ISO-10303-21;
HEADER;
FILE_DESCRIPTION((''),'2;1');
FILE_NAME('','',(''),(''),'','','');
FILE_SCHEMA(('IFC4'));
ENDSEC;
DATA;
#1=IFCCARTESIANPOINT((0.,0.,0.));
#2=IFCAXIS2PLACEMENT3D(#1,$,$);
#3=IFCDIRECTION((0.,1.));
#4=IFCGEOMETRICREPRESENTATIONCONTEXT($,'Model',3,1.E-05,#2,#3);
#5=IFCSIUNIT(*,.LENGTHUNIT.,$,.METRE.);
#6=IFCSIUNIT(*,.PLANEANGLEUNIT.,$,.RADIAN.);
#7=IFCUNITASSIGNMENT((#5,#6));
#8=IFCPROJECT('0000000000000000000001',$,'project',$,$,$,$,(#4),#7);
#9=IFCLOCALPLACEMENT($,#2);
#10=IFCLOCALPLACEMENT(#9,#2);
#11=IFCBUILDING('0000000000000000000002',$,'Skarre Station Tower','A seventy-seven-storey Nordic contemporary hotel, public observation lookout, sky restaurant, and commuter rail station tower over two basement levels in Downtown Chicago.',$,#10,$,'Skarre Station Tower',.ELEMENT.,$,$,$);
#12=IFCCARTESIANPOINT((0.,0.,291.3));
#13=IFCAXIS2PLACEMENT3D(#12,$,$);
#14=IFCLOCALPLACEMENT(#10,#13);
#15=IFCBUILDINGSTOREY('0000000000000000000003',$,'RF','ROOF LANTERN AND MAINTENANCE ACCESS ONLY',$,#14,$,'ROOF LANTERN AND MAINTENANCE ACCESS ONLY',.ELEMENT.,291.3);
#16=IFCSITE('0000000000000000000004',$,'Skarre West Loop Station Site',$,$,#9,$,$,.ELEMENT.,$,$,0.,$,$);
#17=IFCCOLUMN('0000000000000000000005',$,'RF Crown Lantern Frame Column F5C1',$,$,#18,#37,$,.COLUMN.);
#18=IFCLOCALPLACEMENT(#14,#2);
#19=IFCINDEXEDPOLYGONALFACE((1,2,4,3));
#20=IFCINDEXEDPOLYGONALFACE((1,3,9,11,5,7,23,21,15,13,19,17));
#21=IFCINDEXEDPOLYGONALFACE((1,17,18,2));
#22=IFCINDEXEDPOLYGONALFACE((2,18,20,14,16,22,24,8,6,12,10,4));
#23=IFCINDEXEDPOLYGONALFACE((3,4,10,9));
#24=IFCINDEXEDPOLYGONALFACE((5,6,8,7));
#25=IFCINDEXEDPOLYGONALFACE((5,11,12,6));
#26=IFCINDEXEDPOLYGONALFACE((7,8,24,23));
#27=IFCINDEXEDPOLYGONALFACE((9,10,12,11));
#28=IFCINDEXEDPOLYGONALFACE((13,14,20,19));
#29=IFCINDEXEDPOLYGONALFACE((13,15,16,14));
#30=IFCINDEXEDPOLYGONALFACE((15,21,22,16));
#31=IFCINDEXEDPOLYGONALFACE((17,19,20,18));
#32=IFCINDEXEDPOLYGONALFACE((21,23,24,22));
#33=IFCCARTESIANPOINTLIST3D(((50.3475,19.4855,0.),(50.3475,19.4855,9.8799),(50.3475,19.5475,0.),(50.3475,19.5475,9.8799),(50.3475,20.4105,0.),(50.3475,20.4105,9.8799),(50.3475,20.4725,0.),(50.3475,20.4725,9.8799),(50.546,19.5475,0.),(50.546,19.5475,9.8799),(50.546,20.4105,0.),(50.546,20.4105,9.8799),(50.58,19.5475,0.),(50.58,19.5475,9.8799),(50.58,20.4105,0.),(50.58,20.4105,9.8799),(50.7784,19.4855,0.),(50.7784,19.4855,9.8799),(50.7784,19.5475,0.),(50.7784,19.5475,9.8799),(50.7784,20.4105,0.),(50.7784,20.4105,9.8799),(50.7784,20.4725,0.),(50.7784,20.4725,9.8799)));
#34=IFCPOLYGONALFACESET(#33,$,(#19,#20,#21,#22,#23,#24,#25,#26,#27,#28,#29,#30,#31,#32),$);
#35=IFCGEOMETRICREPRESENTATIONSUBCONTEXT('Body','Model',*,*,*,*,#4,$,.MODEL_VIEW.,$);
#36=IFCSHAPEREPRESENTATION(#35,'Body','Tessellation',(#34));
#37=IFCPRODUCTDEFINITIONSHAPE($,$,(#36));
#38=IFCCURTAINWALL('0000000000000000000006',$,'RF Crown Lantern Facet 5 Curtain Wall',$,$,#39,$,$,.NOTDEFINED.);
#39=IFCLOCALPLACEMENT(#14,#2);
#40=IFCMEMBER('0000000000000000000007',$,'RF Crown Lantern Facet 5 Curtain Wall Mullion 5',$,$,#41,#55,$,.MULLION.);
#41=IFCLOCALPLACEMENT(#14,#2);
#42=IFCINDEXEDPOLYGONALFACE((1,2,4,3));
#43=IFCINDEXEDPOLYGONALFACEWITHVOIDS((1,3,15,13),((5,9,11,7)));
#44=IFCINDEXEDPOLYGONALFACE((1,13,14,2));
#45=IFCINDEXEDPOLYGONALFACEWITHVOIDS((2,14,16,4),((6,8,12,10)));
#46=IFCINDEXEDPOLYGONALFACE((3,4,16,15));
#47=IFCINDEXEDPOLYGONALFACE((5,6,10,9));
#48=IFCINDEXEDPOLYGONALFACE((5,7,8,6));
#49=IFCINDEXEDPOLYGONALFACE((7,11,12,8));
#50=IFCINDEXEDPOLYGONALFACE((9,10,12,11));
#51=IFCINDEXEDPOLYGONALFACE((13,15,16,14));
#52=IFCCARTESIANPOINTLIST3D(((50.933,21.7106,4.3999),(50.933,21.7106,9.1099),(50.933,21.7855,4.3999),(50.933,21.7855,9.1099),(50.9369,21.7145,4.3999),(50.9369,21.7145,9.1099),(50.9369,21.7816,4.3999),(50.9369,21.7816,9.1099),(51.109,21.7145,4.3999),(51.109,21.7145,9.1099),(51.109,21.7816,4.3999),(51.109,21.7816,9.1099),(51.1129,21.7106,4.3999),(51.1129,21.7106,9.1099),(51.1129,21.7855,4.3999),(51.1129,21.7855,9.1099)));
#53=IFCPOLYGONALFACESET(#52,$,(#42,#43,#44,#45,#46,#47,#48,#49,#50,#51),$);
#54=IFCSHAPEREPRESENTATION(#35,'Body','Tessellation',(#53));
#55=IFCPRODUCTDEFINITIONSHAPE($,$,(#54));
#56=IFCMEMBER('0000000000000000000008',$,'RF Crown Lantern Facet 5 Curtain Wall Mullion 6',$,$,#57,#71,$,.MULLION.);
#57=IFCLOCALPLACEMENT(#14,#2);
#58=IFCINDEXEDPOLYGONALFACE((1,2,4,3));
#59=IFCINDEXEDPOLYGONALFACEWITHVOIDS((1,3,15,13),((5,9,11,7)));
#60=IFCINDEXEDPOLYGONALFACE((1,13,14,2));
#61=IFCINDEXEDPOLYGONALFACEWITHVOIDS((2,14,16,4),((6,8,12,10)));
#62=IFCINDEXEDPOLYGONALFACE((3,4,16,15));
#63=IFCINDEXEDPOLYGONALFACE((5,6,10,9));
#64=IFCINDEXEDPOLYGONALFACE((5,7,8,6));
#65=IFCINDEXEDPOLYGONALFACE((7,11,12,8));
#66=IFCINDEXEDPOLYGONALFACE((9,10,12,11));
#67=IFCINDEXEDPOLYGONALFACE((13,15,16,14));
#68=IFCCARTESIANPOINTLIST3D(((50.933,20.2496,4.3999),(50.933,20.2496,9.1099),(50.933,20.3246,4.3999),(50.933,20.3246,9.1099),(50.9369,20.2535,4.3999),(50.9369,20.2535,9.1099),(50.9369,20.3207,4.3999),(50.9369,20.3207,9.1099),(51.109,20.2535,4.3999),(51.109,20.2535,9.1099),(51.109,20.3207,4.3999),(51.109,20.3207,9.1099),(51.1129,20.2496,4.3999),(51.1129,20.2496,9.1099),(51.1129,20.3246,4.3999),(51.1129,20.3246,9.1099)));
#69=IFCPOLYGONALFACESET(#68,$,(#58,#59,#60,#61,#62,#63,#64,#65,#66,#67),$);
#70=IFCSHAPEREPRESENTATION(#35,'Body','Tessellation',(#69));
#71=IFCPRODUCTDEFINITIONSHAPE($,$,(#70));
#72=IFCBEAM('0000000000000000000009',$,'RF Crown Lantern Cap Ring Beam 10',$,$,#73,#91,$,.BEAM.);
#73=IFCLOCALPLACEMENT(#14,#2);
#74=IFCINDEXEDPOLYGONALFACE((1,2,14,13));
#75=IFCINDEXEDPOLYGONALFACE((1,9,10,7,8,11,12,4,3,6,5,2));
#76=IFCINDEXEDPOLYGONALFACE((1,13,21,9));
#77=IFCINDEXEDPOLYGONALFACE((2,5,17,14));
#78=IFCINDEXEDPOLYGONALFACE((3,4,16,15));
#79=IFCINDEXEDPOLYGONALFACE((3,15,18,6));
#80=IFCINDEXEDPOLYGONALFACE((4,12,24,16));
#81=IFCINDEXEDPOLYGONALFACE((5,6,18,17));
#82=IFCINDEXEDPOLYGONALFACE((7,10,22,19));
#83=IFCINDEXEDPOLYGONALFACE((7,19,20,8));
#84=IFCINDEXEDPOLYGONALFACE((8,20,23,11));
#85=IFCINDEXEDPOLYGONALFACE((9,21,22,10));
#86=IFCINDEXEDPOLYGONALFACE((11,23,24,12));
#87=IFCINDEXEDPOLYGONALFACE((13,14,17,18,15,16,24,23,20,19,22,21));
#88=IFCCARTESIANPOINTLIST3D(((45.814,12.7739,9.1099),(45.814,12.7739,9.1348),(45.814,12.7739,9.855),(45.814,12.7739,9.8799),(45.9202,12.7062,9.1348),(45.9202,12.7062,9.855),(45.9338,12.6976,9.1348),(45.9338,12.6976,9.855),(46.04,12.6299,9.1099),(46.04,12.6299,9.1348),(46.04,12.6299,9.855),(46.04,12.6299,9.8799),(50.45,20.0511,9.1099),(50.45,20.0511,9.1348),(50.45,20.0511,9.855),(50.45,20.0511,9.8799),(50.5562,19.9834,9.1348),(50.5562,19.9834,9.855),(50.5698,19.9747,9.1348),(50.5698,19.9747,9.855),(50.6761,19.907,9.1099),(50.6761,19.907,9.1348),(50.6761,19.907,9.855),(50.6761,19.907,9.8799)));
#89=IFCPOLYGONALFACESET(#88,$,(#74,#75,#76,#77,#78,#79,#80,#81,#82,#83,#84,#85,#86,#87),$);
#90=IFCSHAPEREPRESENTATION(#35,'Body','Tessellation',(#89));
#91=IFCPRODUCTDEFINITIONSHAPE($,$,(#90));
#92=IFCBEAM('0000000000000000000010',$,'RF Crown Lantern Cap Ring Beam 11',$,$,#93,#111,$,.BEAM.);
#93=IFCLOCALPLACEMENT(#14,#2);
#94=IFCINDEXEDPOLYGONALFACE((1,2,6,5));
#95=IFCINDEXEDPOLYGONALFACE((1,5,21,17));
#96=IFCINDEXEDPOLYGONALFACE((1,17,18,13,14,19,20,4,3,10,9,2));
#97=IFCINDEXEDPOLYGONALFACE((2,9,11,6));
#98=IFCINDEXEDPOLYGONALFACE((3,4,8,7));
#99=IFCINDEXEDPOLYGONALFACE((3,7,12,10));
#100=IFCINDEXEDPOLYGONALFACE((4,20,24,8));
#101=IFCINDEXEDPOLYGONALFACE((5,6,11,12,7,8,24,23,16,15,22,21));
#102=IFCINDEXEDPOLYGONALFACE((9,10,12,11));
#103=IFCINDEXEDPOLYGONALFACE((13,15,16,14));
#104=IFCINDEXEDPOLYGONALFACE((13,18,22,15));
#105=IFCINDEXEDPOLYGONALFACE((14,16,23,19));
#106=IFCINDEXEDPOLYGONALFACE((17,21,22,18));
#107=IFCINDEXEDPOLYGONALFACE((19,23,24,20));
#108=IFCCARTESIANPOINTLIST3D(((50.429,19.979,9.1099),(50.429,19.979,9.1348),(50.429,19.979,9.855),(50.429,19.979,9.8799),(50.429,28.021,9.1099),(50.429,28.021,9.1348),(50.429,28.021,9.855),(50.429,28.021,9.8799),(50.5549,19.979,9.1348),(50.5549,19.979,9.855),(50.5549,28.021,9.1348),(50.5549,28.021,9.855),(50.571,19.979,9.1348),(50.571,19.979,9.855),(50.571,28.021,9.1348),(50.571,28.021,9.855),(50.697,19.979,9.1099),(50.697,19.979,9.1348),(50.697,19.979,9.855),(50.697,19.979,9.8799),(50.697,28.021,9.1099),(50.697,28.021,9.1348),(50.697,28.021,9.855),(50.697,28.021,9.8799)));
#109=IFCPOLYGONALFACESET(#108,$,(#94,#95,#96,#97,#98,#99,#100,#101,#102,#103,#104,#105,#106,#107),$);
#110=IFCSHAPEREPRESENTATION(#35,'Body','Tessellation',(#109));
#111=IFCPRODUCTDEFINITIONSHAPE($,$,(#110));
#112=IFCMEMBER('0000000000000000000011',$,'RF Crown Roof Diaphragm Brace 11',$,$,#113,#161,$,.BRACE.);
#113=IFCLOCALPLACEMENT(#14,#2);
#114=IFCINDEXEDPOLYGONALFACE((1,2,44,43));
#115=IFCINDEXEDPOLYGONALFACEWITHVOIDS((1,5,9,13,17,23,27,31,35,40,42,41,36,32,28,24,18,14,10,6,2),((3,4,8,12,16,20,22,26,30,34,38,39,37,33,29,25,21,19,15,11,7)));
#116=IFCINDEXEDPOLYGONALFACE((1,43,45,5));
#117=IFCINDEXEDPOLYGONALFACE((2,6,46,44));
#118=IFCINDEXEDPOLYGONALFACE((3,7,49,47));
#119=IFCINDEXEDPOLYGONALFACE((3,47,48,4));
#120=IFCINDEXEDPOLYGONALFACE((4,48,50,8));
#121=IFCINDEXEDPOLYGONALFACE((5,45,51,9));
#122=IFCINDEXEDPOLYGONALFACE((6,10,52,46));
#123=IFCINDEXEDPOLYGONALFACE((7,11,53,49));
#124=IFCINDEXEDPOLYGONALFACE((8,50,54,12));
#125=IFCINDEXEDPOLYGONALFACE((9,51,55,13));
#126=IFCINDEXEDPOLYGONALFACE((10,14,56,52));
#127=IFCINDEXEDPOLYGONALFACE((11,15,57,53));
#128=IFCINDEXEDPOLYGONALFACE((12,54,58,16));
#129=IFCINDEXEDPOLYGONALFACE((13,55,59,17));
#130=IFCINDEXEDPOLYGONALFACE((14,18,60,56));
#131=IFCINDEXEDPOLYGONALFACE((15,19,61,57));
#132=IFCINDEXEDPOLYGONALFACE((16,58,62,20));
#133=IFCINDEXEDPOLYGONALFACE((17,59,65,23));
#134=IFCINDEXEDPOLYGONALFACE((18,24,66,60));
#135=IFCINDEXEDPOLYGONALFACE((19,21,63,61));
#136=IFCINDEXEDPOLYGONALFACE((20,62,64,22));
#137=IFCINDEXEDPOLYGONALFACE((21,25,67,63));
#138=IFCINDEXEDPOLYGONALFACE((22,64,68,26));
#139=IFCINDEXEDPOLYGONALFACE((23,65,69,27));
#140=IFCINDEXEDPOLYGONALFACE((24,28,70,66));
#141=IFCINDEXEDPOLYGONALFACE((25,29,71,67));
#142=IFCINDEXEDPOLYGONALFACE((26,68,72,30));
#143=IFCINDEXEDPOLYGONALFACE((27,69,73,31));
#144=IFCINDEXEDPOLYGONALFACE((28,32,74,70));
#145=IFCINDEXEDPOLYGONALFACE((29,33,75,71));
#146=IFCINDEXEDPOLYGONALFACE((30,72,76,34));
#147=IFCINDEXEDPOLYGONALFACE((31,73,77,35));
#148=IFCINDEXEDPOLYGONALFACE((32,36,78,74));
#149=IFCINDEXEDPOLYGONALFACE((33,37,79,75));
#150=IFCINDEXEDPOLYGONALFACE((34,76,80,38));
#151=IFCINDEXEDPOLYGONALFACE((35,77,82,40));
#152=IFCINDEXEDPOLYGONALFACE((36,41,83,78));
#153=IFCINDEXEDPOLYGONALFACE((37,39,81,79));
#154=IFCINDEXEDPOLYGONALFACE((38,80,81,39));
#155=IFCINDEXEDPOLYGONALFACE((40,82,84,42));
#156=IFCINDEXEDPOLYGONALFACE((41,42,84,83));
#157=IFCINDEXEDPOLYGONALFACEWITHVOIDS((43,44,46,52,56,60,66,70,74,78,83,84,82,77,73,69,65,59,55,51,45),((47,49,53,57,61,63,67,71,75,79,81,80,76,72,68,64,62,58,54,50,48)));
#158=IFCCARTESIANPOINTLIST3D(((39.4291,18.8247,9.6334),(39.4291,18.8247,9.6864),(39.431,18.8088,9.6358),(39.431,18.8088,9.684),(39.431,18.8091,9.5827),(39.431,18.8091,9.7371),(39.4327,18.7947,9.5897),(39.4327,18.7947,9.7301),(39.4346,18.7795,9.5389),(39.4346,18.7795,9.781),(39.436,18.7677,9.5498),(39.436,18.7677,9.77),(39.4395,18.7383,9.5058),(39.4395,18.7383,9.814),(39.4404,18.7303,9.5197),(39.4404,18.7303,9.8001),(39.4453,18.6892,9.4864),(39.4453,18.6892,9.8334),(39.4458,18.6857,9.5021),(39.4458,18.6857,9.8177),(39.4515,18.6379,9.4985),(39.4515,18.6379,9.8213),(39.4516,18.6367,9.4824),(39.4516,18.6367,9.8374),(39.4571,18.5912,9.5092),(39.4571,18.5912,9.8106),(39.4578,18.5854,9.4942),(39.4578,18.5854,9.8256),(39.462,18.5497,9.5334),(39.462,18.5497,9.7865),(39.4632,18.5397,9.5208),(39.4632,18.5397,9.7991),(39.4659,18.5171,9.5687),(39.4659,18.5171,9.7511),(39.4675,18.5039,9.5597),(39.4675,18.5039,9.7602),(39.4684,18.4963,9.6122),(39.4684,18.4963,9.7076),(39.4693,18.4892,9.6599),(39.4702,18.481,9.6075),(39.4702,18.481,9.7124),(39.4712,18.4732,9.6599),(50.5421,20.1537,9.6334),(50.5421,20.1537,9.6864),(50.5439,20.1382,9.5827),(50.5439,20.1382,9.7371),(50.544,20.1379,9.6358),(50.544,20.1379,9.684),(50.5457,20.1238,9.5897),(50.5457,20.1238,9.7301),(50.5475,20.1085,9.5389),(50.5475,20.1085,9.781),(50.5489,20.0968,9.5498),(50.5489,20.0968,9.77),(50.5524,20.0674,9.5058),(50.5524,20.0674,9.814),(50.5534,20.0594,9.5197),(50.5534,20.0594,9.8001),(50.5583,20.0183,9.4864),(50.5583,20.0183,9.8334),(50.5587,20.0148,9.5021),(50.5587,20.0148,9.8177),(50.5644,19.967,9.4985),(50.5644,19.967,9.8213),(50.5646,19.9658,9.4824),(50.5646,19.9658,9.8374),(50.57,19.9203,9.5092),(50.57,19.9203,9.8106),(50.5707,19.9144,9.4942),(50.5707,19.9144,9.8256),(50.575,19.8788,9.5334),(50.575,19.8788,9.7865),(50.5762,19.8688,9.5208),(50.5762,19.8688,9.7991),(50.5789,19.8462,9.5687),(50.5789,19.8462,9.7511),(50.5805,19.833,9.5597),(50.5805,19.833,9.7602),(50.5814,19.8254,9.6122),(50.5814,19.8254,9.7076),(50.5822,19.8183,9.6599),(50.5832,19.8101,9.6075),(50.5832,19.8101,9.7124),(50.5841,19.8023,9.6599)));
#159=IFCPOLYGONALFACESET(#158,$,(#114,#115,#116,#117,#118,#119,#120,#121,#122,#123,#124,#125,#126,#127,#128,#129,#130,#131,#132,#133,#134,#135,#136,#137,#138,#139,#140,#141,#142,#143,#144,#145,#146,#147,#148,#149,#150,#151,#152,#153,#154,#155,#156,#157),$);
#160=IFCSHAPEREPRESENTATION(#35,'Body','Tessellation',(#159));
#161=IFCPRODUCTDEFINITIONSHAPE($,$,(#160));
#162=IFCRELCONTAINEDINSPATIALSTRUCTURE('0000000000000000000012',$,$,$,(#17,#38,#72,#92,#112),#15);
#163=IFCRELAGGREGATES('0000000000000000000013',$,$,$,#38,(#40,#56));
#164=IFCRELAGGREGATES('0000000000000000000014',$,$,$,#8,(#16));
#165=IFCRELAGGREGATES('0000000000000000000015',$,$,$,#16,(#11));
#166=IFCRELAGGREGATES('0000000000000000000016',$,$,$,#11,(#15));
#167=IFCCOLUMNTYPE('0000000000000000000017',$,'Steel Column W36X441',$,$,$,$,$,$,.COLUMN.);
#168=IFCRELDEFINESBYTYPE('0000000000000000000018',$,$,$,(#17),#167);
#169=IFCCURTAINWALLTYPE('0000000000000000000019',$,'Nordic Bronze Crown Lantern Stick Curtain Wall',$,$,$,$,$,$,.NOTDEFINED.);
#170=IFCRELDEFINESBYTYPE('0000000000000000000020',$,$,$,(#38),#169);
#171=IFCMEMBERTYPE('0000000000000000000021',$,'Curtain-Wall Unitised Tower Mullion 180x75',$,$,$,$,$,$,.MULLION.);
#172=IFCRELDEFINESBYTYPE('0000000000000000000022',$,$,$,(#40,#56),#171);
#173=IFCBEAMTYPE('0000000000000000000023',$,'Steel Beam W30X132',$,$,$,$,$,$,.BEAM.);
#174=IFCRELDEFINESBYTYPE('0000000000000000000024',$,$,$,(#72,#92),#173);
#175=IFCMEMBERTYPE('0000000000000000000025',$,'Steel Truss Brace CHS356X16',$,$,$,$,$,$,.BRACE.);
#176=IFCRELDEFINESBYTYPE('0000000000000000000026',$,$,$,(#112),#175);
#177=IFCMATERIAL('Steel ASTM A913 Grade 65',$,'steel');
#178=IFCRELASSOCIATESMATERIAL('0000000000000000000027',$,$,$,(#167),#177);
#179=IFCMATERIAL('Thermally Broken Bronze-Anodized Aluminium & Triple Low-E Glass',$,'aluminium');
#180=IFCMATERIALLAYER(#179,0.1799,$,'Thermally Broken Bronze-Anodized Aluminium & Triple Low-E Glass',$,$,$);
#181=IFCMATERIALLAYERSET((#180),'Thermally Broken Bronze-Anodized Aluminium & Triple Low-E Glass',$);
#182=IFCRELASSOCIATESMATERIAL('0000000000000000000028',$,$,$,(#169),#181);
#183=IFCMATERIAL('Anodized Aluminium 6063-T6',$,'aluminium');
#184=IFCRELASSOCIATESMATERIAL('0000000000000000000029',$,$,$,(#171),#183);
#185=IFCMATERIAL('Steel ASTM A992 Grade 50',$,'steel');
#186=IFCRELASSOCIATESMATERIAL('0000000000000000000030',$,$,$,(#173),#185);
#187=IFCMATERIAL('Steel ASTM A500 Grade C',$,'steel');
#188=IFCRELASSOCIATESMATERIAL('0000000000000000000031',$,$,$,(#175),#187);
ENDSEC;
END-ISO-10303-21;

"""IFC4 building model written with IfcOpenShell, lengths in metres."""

from ifc_helpers import new_model, si_unit, direction, frame, origin, origin_2d, place, context, subcontext, project, spatial, hollow_rectangle, hollow_circle, i_section, extrude, material, layer, layer_set, material_profile, profile_set, type_object, element, aggregate, save


model = new_model("IFC4")

# Units and contexts
model_context = context("Model", 3, precision=1e-05, world=origin(), true_north=direction((0.0, 1.0)))
body_context = subcontext(model_context, "Body", "Model", "MODEL_VIEW")
ifc_project = project(units=[si_unit("LENGTHUNIT", "METRE"), si_unit("PLANEANGLEUNIT", "RADIAN")], contexts=[model_context])

# Site, building, storey
site_placement = place(None, origin())
site = spatial("IfcSite", under=ifc_project, at=site_placement, Name="Skarre West Loop Station Site", CompositionType="ELEMENT", RefElevation=0.0)
building_placement = place(site_placement, origin())
building = spatial("IfcBuilding", under=site, at=building_placement, Name="Skarre Station Tower", Description="A seventy-seven-storey Nordic contemporary hotel, public observation lookout, sky restaurant, and commuter rail station tower over two basement levels in Downtown Chicago.", LongName="Skarre Station Tower", CompositionType="ELEMENT")
storey_placement = place(building_placement, frame((0.0, 0.0, 291.3)))
storey = spatial("IfcBuildingStorey", under=building, at=storey_placement, Name="RF", Description="ROOF LANTERN AND MAINTENANCE ACCESS ONLY", LongName="ROOF LANTERN AND MAINTENANCE ACCESS ONLY", CompositionType="ELEMENT", Elevation=291.3)

# Column
ifc_material_1 = material(Name="Steel ASTM A913 Grade 65", Category="steel")
ifc_material_profile_1 = material_profile(ifc_material_1, i_section(OverallWidth=0.4309, OverallDepth=0.9871, WebThickness=0.0339, FlangeThickness=0.062, at=origin_2d()), Name="Steel ASTM A913 Grade 65")
ifc_profile_set_1 = profile_set([ifc_material_profile_1], Name="Steel ASTM A913 Grade 65")
column_type = type_object("IfcColumnType", Name="Steel Column W36X441", PredefinedType="COLUMN", material=ifc_profile_set_1)
column_placement = place(storey_placement, frame((50.563, 19.979, 0.0), z_axis=(0.0, 0.0, 1.0), x_axis=(1.0, 0.0, 0.0)))
element("IfcColumn", 1, at=column_placement, inside=storey, type_object=column_type, Name="RF Crown Lantern Frame Column F5C1", PredefinedType="COLUMN", context=body_context, shape_type="SweptSolid", body=[
    extrude(i_section(OverallWidth=0.4309, OverallDepth=0.9871, WebThickness=0.0339, FlangeThickness=0.062, at=origin_2d()), origin(), (0.0, 0.0, 1.0), 9.8799),
])

# Curtain wall, members
ifc_material_2 = material(Name="Thermally Broken Bronze-Anodized Aluminium & Triple Low-E Glass", Category="aluminium")
ifc_layer_1 = layer(ifc_material_2, 0.1799, Name="Thermally Broken Bronze-Anodized Aluminium & Triple Low-E Glass")
ifc_layer_set_1 = layer_set([ifc_layer_1], Name="Thermally Broken Bronze-Anodized Aluminium & Triple Low-E Glass")
curtain_wall_type = type_object("IfcCurtainWallType", Name="Nordic Bronze Crown Lantern Stick Curtain Wall", PredefinedType="NOTDEFINED", material=ifc_layer_set_1)
curtain_wall_placement = place(storey_placement, origin())
curtain_wall = element("IfcCurtainWall", 2, at=curtain_wall_placement, inside=storey, type_object=curtain_wall_type, Name="RF Crown Lantern Facet 5 Curtain Wall", PredefinedType="NOTDEFINED")
ifc_material_3 = material(Name="Anodized Aluminium 6063-T6", Category="aluminium")
ifc_material_profile_2 = material_profile(ifc_material_3, hollow_rectangle(XDim=0.075, YDim=0.1799, WallThickness=0.0039, at=origin_2d()), Name="Anodized Aluminium 6063-T6")
ifc_profile_set_2 = profile_set([ifc_material_profile_2], Name="Anodized Aluminium 6063-T6")
member_type_1 = type_object("IfcMemberType", Name="Curtain-Wall Unitised Tower Mullion 180x75", PredefinedType="MULLION", material=ifc_profile_set_2)
member_1_placement = place(storey_placement, frame((51.0229, 21.748, 4.3999), z_axis=(0.0, 0.0, 1.0), x_axis=(0.0, -1.0, 0.0)))
member_1 = element("IfcMember", 3, at=member_1_placement, type_object=member_type_1, Name="RF Crown Lantern Facet 5 Curtain Wall Mullion 5", PredefinedType="MULLION", context=body_context, shape_type="SweptSolid", body=[
    extrude(hollow_rectangle(XDim=0.075, YDim=0.1799, WallThickness=0.0039, at=origin_2d()), origin(), (0.0, 0.0, 1.0), 4.71),
])
member_2_placement = place(storey_placement, frame((51.0229, 20.2871, 4.3999), z_axis=(0.0, 0.0, 1.0), x_axis=(0.0, -1.0, 0.0)))
member_2 = element("IfcMember", 4, at=member_2_placement, type_object=member_type_1, Name="RF Crown Lantern Facet 5 Curtain Wall Mullion 6", PredefinedType="MULLION", context=body_context, shape_type="SweptSolid", body=[
    extrude(hollow_rectangle(XDim=0.075, YDim=0.1799, WallThickness=0.0039, at=origin_2d()), origin(), (0.0, 0.0, 1.0), 4.71),
])

# Beams
ifc_material_4 = material(Name="Steel ASTM A992 Grade 50", Category="steel")
ifc_material_profile_3 = material_profile(ifc_material_4, i_section(OverallWidth=0.2681, OverallDepth=0.77, WebThickness=0.0161, FlangeThickness=0.0249, at=origin_2d()), Name="Steel ASTM A992 Grade 50")
ifc_profile_set_3 = profile_set([ifc_material_profile_3], Name="Steel ASTM A992 Grade 50")
beam_type = type_object("IfcBeamType", Name="Steel Beam W30X132", PredefinedType="BEAM", material=ifc_profile_set_3)
beam_1_placement = place(storey_placement, frame((45.927, 12.7019, 9.4949), z_axis=(0.537297, 0.843393, 0.0), x_axis=(-0.843393, 0.537297, 0.0)))
element("IfcBeam", 5, at=beam_1_placement, inside=storey, type_object=beam_type, Name="RF Crown Lantern Cap Ring Beam 10", PredefinedType="BEAM", context=body_context, shape_type="SweptSolid", body=[
    extrude(i_section(OverallWidth=0.2681, OverallDepth=0.77, WebThickness=0.0161, FlangeThickness=0.0249, at=origin_2d()), origin(), (0.0, 0.0, 1.0), 8.6284),
])
beam_2_placement = place(storey_placement, frame((50.563, 19.979, 9.4949), z_axis=(0.0, 1.0, 0.0), x_axis=(-1.0, 0.0, 0.0)))
element("IfcBeam", 6, at=beam_2_placement, inside=storey, type_object=beam_type, Name="RF Crown Lantern Cap Ring Beam 11", PredefinedType="BEAM", context=body_context, shape_type="SweptSolid", body=[
    extrude(i_section(OverallWidth=0.2681, OverallDepth=0.77, WebThickness=0.0161, FlangeThickness=0.0249, at=origin_2d()), origin(), (0.0, 0.0, 1.0), 8.042),
])

# Member
ifc_material_5 = material(Name="Steel ASTM A500 Grade C", Category="steel")
ifc_material_profile_4 = material_profile(ifc_material_5, hollow_circle(Radius=0.178, WallThickness=0.0161, at=origin_2d()), Name="Steel ASTM A500 Grade C")
ifc_profile_set_4 = profile_set([ifc_material_profile_4], Name="Steel ASTM A500 Grade C")
member_type_2 = type_object("IfcMemberType", Name="Steel Truss Brace CHS356X16", PredefinedType="BRACE", material=ifc_profile_set_4)
member_3_placement = place(storey_placement, frame((50.563, 19.979, 9.6599), z_axis=(-0.992924, -0.118752, 0.0), x_axis=(0.118752, -0.992924, 0.0)))
element("IfcMember", 7, at=member_3_placement, inside=storey, type_object=member_type_2, Name="RF Crown Roof Diaphragm Brace 11", PredefinedType="BRACE", context=body_context, shape_type="SweptSolid", body=[
    extrude(hollow_circle(Radius=0.178, WallThickness=0.0161, at=origin_2d()), origin(), (0.0, 0.0, 1.0), 11.1921),
])

aggregate(curtain_wall, [member_1, member_2])

save(model, "model.ifc")
